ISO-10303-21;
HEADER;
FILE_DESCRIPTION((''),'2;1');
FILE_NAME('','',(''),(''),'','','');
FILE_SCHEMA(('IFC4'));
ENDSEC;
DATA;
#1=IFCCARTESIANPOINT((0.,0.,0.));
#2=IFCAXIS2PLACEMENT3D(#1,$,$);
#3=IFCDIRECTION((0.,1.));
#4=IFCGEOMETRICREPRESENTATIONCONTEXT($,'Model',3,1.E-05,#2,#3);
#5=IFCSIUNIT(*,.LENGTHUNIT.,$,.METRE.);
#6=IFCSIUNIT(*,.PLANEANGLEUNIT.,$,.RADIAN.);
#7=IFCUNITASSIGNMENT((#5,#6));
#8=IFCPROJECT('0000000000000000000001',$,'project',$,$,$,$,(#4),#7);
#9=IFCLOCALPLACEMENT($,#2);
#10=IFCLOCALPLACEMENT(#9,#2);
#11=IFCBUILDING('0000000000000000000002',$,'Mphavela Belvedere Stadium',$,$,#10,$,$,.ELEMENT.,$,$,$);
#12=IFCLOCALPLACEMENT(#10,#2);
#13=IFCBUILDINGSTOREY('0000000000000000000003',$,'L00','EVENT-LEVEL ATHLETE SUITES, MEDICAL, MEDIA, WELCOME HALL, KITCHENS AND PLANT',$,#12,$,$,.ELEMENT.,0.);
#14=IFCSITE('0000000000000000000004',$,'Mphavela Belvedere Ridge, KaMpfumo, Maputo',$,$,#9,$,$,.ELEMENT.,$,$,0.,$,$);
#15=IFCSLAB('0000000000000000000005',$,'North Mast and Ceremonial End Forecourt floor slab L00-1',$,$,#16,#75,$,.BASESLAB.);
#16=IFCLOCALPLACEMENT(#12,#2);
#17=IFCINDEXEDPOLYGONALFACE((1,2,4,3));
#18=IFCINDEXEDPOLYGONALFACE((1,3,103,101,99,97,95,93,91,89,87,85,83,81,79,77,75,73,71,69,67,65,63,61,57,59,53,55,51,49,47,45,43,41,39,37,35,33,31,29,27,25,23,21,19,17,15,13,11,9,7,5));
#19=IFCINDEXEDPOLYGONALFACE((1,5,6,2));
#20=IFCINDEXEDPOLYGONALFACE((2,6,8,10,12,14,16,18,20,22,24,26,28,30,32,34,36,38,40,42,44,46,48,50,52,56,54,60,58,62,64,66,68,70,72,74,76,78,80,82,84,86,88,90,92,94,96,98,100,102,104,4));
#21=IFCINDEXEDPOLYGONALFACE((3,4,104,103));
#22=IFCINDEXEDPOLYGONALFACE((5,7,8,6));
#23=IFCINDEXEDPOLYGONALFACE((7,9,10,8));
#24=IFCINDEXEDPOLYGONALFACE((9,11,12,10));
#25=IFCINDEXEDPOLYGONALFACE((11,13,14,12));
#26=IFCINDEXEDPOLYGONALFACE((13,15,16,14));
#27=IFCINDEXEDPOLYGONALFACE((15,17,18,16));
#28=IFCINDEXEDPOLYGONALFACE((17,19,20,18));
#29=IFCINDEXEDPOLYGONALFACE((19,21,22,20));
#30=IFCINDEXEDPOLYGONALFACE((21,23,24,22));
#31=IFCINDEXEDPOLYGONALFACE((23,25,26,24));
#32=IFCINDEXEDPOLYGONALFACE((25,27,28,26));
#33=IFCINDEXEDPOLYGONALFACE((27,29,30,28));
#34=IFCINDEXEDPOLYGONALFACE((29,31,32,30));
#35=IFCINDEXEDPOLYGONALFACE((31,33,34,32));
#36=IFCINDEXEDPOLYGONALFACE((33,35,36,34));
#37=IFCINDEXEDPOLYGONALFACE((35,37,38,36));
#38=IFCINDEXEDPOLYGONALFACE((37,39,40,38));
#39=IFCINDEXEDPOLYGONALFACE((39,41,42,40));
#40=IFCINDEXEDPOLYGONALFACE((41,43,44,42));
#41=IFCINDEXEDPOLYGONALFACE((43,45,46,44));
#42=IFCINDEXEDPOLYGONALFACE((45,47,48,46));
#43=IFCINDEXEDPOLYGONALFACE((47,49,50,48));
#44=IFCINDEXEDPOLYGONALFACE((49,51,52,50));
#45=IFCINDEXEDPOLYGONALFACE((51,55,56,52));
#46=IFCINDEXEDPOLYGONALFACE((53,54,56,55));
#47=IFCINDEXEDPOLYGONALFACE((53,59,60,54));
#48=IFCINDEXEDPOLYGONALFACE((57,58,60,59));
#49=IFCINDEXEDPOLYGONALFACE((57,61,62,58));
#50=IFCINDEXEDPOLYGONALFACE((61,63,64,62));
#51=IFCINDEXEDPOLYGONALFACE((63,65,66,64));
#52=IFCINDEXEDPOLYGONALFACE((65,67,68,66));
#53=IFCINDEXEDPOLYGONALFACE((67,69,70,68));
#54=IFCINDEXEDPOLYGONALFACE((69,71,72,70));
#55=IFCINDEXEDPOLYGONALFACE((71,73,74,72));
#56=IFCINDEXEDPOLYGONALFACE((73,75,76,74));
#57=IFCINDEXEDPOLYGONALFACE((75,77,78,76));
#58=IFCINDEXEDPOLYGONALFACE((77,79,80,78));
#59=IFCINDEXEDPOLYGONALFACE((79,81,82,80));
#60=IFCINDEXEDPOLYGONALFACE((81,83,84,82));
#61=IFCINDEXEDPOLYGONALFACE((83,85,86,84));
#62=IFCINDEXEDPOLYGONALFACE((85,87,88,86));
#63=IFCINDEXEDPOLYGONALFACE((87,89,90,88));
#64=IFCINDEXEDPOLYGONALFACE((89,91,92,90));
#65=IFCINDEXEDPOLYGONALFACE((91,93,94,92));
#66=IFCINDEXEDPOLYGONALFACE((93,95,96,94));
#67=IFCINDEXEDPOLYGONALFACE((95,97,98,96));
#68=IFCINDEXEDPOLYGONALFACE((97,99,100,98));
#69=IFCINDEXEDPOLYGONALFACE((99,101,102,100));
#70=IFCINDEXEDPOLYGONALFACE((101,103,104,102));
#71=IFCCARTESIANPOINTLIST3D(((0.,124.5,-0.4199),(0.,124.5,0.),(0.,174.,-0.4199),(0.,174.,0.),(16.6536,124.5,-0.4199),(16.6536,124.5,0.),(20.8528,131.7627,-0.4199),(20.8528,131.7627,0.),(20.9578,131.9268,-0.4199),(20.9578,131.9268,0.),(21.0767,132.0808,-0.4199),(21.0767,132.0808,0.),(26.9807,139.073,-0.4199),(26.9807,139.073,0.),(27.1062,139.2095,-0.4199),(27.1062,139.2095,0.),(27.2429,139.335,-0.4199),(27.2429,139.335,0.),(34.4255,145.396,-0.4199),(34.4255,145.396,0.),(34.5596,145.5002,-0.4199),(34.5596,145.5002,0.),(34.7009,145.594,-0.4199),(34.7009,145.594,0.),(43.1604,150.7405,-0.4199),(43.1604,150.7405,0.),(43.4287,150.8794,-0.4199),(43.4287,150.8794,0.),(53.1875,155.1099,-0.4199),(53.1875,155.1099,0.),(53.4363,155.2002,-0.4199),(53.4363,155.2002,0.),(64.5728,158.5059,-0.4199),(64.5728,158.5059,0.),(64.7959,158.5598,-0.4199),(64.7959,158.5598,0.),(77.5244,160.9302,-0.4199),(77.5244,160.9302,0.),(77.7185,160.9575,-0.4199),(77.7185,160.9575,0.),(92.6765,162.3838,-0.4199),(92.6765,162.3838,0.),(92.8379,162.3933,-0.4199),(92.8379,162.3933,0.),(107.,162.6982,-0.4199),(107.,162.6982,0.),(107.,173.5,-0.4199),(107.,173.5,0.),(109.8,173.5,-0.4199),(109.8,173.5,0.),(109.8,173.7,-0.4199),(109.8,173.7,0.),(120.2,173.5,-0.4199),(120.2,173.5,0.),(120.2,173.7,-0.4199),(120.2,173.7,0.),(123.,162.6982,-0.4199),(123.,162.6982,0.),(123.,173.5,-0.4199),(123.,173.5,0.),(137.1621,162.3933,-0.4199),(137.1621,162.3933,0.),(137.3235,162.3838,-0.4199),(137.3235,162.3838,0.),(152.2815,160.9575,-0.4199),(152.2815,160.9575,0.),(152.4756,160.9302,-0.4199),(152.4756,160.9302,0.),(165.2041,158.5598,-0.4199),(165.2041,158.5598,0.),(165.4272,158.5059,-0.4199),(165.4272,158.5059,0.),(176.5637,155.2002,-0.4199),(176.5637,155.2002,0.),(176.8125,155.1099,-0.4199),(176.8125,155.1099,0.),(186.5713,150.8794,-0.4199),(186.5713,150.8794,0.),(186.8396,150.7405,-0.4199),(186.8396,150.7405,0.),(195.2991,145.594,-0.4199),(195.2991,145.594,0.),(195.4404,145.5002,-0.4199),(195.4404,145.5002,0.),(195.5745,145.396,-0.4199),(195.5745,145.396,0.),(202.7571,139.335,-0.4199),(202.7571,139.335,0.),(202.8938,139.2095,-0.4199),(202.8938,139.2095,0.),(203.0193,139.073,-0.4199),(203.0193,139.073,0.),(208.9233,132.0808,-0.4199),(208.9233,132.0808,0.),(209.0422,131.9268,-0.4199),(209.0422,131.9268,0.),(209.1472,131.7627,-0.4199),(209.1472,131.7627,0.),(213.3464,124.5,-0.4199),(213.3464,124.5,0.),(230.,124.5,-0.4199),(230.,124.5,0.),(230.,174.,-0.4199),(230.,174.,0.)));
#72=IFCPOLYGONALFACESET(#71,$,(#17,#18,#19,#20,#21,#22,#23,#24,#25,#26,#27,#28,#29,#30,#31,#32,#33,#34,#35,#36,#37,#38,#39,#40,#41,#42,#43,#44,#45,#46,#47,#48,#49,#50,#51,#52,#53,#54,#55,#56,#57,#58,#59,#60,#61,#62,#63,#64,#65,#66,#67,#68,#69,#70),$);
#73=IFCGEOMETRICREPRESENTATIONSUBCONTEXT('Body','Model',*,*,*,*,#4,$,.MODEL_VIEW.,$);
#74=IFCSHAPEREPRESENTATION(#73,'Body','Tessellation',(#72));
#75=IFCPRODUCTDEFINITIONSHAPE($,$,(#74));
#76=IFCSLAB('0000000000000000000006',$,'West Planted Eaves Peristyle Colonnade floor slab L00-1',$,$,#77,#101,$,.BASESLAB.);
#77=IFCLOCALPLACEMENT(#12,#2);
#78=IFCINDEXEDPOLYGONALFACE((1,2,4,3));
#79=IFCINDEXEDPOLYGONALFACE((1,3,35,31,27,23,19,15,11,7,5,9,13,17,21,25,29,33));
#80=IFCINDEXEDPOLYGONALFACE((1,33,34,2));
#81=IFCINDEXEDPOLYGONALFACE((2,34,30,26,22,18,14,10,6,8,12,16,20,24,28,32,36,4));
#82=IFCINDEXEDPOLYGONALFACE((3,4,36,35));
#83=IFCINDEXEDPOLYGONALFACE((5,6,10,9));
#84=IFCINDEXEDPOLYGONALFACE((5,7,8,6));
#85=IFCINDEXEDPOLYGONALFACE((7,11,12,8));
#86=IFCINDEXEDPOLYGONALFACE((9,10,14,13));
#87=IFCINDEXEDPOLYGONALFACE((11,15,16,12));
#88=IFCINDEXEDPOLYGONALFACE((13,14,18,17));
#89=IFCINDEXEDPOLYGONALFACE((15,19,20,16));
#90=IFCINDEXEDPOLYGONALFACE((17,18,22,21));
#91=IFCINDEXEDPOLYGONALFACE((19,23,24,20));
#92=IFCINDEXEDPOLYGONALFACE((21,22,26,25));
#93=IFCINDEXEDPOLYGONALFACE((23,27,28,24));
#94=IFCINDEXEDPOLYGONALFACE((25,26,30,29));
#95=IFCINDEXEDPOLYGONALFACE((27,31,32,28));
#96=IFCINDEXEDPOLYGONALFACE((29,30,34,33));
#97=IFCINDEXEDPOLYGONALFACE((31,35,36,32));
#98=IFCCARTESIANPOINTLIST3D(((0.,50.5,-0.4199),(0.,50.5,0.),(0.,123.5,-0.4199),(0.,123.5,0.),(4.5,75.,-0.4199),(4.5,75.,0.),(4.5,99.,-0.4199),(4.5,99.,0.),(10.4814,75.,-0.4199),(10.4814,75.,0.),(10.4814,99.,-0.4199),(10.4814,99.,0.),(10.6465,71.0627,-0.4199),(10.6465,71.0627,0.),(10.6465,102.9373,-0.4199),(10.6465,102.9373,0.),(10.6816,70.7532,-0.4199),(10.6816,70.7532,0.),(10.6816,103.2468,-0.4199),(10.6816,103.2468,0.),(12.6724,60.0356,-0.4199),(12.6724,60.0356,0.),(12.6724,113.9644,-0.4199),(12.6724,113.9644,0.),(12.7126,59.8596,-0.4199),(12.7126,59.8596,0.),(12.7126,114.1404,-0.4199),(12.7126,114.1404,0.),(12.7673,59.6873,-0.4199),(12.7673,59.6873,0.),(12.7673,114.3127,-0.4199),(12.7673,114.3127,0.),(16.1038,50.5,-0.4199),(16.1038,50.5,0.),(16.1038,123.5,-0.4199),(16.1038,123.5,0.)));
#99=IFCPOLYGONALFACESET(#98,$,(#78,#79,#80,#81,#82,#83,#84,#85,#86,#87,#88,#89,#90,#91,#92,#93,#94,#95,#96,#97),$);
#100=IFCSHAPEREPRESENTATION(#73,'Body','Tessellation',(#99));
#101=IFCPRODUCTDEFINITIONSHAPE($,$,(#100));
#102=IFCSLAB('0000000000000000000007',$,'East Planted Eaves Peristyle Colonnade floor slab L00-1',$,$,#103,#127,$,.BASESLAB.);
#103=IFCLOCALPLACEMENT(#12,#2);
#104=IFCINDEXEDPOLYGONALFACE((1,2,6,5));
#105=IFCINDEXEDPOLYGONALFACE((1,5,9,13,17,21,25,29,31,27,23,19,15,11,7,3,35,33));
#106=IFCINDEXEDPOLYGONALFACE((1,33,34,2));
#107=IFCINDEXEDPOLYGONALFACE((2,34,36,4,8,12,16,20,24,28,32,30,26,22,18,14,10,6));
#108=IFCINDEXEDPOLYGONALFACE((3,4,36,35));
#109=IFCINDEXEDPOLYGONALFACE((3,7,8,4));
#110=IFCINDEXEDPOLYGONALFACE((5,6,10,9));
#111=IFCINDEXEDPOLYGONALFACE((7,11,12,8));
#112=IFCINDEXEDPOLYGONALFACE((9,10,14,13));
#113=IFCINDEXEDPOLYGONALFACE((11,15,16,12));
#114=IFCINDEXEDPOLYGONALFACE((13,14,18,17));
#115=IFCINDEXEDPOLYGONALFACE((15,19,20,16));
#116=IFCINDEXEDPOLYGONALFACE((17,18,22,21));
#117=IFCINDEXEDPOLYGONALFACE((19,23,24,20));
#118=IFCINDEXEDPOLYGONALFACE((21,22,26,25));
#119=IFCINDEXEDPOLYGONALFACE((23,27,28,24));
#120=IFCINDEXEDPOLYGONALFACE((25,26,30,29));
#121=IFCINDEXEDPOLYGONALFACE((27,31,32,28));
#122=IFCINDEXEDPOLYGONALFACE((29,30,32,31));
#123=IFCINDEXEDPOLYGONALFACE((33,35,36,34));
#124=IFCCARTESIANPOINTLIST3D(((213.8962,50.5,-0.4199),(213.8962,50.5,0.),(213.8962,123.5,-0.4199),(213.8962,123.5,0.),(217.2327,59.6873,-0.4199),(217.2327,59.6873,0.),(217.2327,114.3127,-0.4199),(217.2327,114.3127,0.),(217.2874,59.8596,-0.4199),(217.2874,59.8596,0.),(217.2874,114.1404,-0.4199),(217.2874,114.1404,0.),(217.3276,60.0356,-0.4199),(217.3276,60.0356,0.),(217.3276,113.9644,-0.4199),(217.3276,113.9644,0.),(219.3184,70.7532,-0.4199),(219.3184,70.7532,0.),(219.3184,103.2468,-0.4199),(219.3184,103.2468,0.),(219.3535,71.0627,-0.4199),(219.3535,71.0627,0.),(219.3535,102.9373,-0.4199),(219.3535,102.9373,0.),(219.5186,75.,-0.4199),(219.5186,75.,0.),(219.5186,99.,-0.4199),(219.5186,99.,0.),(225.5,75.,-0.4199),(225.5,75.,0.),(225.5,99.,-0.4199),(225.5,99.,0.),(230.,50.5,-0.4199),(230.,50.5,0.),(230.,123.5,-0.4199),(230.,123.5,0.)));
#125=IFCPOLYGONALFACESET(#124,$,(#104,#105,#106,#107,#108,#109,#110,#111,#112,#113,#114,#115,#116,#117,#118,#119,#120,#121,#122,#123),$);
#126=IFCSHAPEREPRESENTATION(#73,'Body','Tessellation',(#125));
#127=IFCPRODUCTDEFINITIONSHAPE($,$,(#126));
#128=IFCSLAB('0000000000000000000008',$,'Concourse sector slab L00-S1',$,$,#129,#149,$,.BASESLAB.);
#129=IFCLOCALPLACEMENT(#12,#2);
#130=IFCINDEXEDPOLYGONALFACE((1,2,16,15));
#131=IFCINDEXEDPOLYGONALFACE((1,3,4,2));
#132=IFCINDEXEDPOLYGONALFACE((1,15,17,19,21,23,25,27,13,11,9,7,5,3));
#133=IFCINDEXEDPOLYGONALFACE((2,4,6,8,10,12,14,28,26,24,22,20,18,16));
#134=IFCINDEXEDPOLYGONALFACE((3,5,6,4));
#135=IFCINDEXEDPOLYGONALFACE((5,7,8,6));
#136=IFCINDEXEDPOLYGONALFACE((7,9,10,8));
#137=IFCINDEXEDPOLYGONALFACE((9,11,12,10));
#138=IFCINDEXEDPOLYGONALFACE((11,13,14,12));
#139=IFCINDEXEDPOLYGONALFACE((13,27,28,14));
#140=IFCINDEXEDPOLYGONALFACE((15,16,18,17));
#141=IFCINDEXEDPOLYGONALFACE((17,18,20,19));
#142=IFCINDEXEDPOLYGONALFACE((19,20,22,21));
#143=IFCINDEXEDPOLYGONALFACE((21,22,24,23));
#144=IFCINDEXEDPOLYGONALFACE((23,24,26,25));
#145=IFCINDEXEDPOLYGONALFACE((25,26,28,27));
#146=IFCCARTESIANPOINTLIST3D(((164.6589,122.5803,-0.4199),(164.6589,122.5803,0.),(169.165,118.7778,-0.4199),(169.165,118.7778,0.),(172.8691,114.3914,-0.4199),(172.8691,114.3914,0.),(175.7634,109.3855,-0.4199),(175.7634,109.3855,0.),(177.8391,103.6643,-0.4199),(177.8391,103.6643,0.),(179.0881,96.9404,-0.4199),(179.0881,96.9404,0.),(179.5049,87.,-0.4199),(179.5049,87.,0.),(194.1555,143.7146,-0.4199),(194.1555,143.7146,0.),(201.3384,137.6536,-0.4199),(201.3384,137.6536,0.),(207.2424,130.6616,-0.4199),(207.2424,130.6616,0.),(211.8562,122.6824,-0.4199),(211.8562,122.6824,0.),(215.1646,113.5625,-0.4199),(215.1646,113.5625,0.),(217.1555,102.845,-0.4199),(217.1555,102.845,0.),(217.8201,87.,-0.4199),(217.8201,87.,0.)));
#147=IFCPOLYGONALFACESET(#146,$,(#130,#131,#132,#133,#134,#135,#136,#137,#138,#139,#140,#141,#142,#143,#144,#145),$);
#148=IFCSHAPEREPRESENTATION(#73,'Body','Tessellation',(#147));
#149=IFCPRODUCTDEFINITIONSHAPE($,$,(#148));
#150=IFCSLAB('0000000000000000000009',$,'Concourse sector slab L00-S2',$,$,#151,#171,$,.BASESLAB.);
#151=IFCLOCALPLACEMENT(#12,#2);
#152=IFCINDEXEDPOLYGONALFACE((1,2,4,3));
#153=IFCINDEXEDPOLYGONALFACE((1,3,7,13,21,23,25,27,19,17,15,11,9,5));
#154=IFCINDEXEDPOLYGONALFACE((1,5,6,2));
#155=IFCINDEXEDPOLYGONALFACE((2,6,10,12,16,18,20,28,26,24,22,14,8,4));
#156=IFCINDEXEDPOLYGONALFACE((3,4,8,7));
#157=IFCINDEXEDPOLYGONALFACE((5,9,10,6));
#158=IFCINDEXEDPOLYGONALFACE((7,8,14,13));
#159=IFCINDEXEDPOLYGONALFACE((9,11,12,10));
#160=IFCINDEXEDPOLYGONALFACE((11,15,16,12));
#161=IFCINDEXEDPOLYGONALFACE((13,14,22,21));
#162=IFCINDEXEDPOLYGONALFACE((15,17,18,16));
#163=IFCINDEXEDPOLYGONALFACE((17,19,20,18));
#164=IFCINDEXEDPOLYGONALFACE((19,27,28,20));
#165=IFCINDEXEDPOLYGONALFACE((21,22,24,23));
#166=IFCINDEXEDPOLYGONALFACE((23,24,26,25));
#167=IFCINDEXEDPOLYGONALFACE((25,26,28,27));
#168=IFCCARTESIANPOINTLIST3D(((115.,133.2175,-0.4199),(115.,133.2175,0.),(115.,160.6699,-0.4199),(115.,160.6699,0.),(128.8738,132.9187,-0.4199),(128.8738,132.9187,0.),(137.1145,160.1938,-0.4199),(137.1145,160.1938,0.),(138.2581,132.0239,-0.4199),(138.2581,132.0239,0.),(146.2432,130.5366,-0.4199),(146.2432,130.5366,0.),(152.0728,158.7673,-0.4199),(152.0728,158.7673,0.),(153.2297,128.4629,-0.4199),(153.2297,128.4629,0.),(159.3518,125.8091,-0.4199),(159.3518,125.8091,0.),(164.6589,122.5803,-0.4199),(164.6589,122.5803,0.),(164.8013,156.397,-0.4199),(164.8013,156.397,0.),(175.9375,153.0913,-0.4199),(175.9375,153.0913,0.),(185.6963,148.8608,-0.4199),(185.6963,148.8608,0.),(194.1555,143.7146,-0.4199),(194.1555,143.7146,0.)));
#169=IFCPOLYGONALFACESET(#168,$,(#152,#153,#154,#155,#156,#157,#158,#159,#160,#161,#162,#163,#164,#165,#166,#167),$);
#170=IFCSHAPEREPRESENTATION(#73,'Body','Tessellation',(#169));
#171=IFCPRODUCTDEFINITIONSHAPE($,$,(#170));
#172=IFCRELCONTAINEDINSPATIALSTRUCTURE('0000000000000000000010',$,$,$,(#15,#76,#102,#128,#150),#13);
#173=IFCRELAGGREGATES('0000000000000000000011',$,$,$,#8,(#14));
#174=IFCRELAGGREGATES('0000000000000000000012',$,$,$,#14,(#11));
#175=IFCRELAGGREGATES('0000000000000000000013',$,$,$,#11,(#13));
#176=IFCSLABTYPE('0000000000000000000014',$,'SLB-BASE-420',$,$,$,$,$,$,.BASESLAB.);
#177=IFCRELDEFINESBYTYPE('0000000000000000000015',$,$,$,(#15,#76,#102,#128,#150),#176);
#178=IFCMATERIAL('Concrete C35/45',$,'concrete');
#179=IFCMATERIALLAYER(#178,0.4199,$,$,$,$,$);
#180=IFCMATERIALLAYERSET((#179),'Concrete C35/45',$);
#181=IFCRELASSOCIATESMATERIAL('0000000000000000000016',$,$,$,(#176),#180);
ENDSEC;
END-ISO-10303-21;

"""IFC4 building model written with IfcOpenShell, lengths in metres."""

from ifc_helpers import new_model, si_unit, direction, frame, origin, place, context, subcontext, project, spatial, polyline, outline, extrude, material, layer, layer_set, type_object, element, save


model = new_model("IFC4")

# Units and contexts
model_context = context("Model", 3, precision=1e-05, world=origin(), true_north=direction((0.0, 1.0)))
body_context = subcontext(model_context, "Body", "Model", "MODEL_VIEW")
ifc_project = project(units=[si_unit("LENGTHUNIT", "METRE"), si_unit("PLANEANGLEUNIT", "RADIAN")], contexts=[model_context])

# Site, building, storey
site_placement = place(None, origin())
site = spatial("IfcSite", under=ifc_project, at=site_placement, Name="Mphavela Belvedere Ridge, KaMpfumo, Maputo", CompositionType="ELEMENT", RefElevation=0.0)
building_placement = place(site_placement, origin())
building = spatial("IfcBuilding", under=site, at=building_placement, Name="Mphavela Belvedere Stadium", CompositionType="ELEMENT")
storey_placement = place(building_placement, origin())
storey = spatial("IfcBuildingStorey", under=building, at=storey_placement, Name="L00", Description="EVENT-LEVEL ATHLETE SUITES, MEDICAL, MEDIA, WELCOME HALL, KITCHENS AND PLANT", CompositionType="ELEMENT", Elevation=0.0)

# Slabs
ifc_material_1 = material(Name="Concrete C35/45", Category="concrete")
ifc_layer_1 = layer(ifc_material_1, 0.4199)
ifc_layer_set_1 = layer_set([ifc_layer_1], Name="Concrete C35/45")
slab_type_1 = type_object("IfcSlabType", Name="SLB-BASE-420", PredefinedType="BASESLAB", material=ifc_layer_set_1)
slab_1_placement = place(storey_placement, frame((0.0, 0.0, -0.4199)))
element("IfcSlab", 1, at=slab_1_placement, inside=storey, type_object=slab_type_1, Name="North Mast and Ceremonial End Forecourt floor slab L00-1", PredefinedType="BASESLAB", context=body_context, shape_type="SweptSolid", body=[
    extrude(outline(polyline([(230.0, 174.0), (230.0, 124.5), (213.3464, 124.5), (209.1472, 131.7627), (209.0422, 131.9268), (208.9233, 132.0808), (203.0193, 139.073), (202.8938, 139.2095), (202.7571, 139.335), (195.5745, 145.396), (195.4404, 145.5002), (195.2991, 145.594), (186.8396, 150.7405), (186.5713, 150.8794), (176.8125, 155.1099), (176.5637, 155.2002), (165.4272, 158.5059), (165.2041, 158.5598), (152.4756, 160.9302), (152.2815, 160.9575), (137.3235, 162.3838), (137.1621, 162.3933), (123.0, 162.6982), (123.0, 173.5), (120.2, 173.5), (120.2, 173.7), (109.8, 173.7), (109.8, 173.5), (107.0, 173.5), (107.0, 162.6982), (92.8379, 162.3933), (92.6765, 162.3838), (77.7185, 160.9575), (77.5244, 160.9302), (64.7959, 158.5598), (64.5728, 158.5059), (53.4363, 155.2002), (53.1875, 155.1099), (43.4287, 150.8794), (43.1604, 150.7405), (34.7009, 145.594), (34.5596, 145.5002), (34.4255, 145.396), (27.2429, 139.335), (27.1062, 139.2095), (26.9807, 139.073), (21.0767, 132.0808), (20.9578, 131.9268), (20.8528, 131.7627), (16.6536, 124.5), (0.0, 124.5), (0.0, 174.0), (230.0, 174.0)])), origin(), (0.0, 0.0, 1.0), 0.4199),
])
slab_2_placement = place(storey_placement, frame((0.0, 0.0, -0.4199)))
element("IfcSlab", 2, at=slab_2_placement, inside=storey, type_object=slab_type_1, Name="West Planted Eaves Peristyle Colonnade floor slab L00-1", PredefinedType="BASESLAB", context=body_context, shape_type="SweptSolid", body=[
    extrude(outline(polyline([(16.1038, 123.5), (12.7673, 114.3127), (12.7126, 114.1404), (12.6724, 113.9644), (10.6816, 103.2468), (10.6465, 102.9373), (10.4814, 99.0), (4.5, 99.0), (4.5, 75.0), (10.4814, 75.0), (10.6465, 71.0627), (10.6816, 70.7532), (12.6724, 60.0356), (12.7126, 59.8596), (12.7673, 59.6873), (16.1038, 50.5), (0.0, 50.5), (0.0, 123.5), (16.1038, 123.5)])), origin(), (0.0, 0.0, 1.0), 0.4199),
])
slab_3_placement = place(storey_placement, frame((0.0, 0.0, -0.4199)))
element("IfcSlab", 3, at=slab_3_placement, inside=storey, type_object=slab_type_1, Name="East Planted Eaves Peristyle Colonnade floor slab L00-1", PredefinedType="BASESLAB", context=body_context, shape_type="SweptSolid", body=[
    extrude(outline(polyline([(213.8962, 50.5), (217.2327, 59.6873), (217.2874, 59.8596), (217.3276, 60.0356), (219.3184, 70.7532), (219.3535, 71.0627), (219.5186, 75.0), (225.5, 75.0), (225.5, 99.0), (219.5186, 99.0), (219.3535, 102.9373), (219.3184, 103.2468), (217.3276, 113.9644), (217.2874, 114.1404), (217.2327, 114.3127), (213.8962, 123.5), (230.0, 123.5), (230.0, 50.5), (213.8962, 50.5)])), origin(), (0.0, 0.0, 1.0), 0.4199),
])
slab_4_placement = place(storey_placement, frame((0.0, 0.0, -0.4199)))
element("IfcSlab", 4, at=slab_4_placement, inside=storey, type_object=slab_type_1, Name="Concourse sector slab L00-S1", PredefinedType="BASESLAB", context=body_context, shape_type="SweptSolid", body=[
    extrude(outline(polyline([(169.165, 118.7778), (164.6589, 122.5803), (194.1555, 143.7146), (201.3384, 137.6536), (207.2424, 130.6616), (211.8562, 122.6824), (215.1646, 113.5625), (217.1555, 102.845), (217.8201, 87.0), (179.5049, 87.0), (179.0881, 96.9404), (177.8391, 103.6643), (175.7634, 109.3855), (172.8691, 114.3914), (169.165, 118.7778)])), origin(), (0.0, 0.0, 1.0), 0.4199),
])
slab_5_placement = place(storey_placement, frame((0.0, 0.0, -0.4199)))
element("IfcSlab", 5, at=slab_5_placement, inside=storey, type_object=slab_type_1, Name="Concourse sector slab L00-S2", PredefinedType="BASESLAB", context=body_context, shape_type="SweptSolid", body=[
    extrude(outline(polyline([(128.8738, 132.9187), (115.0, 133.2175), (115.0, 160.6699), (137.1145, 160.1938), (152.0728, 158.7673), (164.8013, 156.397), (175.9375, 153.0913), (185.6963, 148.8608), (194.1555, 143.7146), (164.6589, 122.5803), (159.3518, 125.8091), (153.2297, 128.4629), (146.2432, 130.5366), (138.2581, 132.0239), (128.8738, 132.9187)])), origin(), (0.0, 0.0, 1.0), 0.4199),
])

save(model, "model.ifc")
